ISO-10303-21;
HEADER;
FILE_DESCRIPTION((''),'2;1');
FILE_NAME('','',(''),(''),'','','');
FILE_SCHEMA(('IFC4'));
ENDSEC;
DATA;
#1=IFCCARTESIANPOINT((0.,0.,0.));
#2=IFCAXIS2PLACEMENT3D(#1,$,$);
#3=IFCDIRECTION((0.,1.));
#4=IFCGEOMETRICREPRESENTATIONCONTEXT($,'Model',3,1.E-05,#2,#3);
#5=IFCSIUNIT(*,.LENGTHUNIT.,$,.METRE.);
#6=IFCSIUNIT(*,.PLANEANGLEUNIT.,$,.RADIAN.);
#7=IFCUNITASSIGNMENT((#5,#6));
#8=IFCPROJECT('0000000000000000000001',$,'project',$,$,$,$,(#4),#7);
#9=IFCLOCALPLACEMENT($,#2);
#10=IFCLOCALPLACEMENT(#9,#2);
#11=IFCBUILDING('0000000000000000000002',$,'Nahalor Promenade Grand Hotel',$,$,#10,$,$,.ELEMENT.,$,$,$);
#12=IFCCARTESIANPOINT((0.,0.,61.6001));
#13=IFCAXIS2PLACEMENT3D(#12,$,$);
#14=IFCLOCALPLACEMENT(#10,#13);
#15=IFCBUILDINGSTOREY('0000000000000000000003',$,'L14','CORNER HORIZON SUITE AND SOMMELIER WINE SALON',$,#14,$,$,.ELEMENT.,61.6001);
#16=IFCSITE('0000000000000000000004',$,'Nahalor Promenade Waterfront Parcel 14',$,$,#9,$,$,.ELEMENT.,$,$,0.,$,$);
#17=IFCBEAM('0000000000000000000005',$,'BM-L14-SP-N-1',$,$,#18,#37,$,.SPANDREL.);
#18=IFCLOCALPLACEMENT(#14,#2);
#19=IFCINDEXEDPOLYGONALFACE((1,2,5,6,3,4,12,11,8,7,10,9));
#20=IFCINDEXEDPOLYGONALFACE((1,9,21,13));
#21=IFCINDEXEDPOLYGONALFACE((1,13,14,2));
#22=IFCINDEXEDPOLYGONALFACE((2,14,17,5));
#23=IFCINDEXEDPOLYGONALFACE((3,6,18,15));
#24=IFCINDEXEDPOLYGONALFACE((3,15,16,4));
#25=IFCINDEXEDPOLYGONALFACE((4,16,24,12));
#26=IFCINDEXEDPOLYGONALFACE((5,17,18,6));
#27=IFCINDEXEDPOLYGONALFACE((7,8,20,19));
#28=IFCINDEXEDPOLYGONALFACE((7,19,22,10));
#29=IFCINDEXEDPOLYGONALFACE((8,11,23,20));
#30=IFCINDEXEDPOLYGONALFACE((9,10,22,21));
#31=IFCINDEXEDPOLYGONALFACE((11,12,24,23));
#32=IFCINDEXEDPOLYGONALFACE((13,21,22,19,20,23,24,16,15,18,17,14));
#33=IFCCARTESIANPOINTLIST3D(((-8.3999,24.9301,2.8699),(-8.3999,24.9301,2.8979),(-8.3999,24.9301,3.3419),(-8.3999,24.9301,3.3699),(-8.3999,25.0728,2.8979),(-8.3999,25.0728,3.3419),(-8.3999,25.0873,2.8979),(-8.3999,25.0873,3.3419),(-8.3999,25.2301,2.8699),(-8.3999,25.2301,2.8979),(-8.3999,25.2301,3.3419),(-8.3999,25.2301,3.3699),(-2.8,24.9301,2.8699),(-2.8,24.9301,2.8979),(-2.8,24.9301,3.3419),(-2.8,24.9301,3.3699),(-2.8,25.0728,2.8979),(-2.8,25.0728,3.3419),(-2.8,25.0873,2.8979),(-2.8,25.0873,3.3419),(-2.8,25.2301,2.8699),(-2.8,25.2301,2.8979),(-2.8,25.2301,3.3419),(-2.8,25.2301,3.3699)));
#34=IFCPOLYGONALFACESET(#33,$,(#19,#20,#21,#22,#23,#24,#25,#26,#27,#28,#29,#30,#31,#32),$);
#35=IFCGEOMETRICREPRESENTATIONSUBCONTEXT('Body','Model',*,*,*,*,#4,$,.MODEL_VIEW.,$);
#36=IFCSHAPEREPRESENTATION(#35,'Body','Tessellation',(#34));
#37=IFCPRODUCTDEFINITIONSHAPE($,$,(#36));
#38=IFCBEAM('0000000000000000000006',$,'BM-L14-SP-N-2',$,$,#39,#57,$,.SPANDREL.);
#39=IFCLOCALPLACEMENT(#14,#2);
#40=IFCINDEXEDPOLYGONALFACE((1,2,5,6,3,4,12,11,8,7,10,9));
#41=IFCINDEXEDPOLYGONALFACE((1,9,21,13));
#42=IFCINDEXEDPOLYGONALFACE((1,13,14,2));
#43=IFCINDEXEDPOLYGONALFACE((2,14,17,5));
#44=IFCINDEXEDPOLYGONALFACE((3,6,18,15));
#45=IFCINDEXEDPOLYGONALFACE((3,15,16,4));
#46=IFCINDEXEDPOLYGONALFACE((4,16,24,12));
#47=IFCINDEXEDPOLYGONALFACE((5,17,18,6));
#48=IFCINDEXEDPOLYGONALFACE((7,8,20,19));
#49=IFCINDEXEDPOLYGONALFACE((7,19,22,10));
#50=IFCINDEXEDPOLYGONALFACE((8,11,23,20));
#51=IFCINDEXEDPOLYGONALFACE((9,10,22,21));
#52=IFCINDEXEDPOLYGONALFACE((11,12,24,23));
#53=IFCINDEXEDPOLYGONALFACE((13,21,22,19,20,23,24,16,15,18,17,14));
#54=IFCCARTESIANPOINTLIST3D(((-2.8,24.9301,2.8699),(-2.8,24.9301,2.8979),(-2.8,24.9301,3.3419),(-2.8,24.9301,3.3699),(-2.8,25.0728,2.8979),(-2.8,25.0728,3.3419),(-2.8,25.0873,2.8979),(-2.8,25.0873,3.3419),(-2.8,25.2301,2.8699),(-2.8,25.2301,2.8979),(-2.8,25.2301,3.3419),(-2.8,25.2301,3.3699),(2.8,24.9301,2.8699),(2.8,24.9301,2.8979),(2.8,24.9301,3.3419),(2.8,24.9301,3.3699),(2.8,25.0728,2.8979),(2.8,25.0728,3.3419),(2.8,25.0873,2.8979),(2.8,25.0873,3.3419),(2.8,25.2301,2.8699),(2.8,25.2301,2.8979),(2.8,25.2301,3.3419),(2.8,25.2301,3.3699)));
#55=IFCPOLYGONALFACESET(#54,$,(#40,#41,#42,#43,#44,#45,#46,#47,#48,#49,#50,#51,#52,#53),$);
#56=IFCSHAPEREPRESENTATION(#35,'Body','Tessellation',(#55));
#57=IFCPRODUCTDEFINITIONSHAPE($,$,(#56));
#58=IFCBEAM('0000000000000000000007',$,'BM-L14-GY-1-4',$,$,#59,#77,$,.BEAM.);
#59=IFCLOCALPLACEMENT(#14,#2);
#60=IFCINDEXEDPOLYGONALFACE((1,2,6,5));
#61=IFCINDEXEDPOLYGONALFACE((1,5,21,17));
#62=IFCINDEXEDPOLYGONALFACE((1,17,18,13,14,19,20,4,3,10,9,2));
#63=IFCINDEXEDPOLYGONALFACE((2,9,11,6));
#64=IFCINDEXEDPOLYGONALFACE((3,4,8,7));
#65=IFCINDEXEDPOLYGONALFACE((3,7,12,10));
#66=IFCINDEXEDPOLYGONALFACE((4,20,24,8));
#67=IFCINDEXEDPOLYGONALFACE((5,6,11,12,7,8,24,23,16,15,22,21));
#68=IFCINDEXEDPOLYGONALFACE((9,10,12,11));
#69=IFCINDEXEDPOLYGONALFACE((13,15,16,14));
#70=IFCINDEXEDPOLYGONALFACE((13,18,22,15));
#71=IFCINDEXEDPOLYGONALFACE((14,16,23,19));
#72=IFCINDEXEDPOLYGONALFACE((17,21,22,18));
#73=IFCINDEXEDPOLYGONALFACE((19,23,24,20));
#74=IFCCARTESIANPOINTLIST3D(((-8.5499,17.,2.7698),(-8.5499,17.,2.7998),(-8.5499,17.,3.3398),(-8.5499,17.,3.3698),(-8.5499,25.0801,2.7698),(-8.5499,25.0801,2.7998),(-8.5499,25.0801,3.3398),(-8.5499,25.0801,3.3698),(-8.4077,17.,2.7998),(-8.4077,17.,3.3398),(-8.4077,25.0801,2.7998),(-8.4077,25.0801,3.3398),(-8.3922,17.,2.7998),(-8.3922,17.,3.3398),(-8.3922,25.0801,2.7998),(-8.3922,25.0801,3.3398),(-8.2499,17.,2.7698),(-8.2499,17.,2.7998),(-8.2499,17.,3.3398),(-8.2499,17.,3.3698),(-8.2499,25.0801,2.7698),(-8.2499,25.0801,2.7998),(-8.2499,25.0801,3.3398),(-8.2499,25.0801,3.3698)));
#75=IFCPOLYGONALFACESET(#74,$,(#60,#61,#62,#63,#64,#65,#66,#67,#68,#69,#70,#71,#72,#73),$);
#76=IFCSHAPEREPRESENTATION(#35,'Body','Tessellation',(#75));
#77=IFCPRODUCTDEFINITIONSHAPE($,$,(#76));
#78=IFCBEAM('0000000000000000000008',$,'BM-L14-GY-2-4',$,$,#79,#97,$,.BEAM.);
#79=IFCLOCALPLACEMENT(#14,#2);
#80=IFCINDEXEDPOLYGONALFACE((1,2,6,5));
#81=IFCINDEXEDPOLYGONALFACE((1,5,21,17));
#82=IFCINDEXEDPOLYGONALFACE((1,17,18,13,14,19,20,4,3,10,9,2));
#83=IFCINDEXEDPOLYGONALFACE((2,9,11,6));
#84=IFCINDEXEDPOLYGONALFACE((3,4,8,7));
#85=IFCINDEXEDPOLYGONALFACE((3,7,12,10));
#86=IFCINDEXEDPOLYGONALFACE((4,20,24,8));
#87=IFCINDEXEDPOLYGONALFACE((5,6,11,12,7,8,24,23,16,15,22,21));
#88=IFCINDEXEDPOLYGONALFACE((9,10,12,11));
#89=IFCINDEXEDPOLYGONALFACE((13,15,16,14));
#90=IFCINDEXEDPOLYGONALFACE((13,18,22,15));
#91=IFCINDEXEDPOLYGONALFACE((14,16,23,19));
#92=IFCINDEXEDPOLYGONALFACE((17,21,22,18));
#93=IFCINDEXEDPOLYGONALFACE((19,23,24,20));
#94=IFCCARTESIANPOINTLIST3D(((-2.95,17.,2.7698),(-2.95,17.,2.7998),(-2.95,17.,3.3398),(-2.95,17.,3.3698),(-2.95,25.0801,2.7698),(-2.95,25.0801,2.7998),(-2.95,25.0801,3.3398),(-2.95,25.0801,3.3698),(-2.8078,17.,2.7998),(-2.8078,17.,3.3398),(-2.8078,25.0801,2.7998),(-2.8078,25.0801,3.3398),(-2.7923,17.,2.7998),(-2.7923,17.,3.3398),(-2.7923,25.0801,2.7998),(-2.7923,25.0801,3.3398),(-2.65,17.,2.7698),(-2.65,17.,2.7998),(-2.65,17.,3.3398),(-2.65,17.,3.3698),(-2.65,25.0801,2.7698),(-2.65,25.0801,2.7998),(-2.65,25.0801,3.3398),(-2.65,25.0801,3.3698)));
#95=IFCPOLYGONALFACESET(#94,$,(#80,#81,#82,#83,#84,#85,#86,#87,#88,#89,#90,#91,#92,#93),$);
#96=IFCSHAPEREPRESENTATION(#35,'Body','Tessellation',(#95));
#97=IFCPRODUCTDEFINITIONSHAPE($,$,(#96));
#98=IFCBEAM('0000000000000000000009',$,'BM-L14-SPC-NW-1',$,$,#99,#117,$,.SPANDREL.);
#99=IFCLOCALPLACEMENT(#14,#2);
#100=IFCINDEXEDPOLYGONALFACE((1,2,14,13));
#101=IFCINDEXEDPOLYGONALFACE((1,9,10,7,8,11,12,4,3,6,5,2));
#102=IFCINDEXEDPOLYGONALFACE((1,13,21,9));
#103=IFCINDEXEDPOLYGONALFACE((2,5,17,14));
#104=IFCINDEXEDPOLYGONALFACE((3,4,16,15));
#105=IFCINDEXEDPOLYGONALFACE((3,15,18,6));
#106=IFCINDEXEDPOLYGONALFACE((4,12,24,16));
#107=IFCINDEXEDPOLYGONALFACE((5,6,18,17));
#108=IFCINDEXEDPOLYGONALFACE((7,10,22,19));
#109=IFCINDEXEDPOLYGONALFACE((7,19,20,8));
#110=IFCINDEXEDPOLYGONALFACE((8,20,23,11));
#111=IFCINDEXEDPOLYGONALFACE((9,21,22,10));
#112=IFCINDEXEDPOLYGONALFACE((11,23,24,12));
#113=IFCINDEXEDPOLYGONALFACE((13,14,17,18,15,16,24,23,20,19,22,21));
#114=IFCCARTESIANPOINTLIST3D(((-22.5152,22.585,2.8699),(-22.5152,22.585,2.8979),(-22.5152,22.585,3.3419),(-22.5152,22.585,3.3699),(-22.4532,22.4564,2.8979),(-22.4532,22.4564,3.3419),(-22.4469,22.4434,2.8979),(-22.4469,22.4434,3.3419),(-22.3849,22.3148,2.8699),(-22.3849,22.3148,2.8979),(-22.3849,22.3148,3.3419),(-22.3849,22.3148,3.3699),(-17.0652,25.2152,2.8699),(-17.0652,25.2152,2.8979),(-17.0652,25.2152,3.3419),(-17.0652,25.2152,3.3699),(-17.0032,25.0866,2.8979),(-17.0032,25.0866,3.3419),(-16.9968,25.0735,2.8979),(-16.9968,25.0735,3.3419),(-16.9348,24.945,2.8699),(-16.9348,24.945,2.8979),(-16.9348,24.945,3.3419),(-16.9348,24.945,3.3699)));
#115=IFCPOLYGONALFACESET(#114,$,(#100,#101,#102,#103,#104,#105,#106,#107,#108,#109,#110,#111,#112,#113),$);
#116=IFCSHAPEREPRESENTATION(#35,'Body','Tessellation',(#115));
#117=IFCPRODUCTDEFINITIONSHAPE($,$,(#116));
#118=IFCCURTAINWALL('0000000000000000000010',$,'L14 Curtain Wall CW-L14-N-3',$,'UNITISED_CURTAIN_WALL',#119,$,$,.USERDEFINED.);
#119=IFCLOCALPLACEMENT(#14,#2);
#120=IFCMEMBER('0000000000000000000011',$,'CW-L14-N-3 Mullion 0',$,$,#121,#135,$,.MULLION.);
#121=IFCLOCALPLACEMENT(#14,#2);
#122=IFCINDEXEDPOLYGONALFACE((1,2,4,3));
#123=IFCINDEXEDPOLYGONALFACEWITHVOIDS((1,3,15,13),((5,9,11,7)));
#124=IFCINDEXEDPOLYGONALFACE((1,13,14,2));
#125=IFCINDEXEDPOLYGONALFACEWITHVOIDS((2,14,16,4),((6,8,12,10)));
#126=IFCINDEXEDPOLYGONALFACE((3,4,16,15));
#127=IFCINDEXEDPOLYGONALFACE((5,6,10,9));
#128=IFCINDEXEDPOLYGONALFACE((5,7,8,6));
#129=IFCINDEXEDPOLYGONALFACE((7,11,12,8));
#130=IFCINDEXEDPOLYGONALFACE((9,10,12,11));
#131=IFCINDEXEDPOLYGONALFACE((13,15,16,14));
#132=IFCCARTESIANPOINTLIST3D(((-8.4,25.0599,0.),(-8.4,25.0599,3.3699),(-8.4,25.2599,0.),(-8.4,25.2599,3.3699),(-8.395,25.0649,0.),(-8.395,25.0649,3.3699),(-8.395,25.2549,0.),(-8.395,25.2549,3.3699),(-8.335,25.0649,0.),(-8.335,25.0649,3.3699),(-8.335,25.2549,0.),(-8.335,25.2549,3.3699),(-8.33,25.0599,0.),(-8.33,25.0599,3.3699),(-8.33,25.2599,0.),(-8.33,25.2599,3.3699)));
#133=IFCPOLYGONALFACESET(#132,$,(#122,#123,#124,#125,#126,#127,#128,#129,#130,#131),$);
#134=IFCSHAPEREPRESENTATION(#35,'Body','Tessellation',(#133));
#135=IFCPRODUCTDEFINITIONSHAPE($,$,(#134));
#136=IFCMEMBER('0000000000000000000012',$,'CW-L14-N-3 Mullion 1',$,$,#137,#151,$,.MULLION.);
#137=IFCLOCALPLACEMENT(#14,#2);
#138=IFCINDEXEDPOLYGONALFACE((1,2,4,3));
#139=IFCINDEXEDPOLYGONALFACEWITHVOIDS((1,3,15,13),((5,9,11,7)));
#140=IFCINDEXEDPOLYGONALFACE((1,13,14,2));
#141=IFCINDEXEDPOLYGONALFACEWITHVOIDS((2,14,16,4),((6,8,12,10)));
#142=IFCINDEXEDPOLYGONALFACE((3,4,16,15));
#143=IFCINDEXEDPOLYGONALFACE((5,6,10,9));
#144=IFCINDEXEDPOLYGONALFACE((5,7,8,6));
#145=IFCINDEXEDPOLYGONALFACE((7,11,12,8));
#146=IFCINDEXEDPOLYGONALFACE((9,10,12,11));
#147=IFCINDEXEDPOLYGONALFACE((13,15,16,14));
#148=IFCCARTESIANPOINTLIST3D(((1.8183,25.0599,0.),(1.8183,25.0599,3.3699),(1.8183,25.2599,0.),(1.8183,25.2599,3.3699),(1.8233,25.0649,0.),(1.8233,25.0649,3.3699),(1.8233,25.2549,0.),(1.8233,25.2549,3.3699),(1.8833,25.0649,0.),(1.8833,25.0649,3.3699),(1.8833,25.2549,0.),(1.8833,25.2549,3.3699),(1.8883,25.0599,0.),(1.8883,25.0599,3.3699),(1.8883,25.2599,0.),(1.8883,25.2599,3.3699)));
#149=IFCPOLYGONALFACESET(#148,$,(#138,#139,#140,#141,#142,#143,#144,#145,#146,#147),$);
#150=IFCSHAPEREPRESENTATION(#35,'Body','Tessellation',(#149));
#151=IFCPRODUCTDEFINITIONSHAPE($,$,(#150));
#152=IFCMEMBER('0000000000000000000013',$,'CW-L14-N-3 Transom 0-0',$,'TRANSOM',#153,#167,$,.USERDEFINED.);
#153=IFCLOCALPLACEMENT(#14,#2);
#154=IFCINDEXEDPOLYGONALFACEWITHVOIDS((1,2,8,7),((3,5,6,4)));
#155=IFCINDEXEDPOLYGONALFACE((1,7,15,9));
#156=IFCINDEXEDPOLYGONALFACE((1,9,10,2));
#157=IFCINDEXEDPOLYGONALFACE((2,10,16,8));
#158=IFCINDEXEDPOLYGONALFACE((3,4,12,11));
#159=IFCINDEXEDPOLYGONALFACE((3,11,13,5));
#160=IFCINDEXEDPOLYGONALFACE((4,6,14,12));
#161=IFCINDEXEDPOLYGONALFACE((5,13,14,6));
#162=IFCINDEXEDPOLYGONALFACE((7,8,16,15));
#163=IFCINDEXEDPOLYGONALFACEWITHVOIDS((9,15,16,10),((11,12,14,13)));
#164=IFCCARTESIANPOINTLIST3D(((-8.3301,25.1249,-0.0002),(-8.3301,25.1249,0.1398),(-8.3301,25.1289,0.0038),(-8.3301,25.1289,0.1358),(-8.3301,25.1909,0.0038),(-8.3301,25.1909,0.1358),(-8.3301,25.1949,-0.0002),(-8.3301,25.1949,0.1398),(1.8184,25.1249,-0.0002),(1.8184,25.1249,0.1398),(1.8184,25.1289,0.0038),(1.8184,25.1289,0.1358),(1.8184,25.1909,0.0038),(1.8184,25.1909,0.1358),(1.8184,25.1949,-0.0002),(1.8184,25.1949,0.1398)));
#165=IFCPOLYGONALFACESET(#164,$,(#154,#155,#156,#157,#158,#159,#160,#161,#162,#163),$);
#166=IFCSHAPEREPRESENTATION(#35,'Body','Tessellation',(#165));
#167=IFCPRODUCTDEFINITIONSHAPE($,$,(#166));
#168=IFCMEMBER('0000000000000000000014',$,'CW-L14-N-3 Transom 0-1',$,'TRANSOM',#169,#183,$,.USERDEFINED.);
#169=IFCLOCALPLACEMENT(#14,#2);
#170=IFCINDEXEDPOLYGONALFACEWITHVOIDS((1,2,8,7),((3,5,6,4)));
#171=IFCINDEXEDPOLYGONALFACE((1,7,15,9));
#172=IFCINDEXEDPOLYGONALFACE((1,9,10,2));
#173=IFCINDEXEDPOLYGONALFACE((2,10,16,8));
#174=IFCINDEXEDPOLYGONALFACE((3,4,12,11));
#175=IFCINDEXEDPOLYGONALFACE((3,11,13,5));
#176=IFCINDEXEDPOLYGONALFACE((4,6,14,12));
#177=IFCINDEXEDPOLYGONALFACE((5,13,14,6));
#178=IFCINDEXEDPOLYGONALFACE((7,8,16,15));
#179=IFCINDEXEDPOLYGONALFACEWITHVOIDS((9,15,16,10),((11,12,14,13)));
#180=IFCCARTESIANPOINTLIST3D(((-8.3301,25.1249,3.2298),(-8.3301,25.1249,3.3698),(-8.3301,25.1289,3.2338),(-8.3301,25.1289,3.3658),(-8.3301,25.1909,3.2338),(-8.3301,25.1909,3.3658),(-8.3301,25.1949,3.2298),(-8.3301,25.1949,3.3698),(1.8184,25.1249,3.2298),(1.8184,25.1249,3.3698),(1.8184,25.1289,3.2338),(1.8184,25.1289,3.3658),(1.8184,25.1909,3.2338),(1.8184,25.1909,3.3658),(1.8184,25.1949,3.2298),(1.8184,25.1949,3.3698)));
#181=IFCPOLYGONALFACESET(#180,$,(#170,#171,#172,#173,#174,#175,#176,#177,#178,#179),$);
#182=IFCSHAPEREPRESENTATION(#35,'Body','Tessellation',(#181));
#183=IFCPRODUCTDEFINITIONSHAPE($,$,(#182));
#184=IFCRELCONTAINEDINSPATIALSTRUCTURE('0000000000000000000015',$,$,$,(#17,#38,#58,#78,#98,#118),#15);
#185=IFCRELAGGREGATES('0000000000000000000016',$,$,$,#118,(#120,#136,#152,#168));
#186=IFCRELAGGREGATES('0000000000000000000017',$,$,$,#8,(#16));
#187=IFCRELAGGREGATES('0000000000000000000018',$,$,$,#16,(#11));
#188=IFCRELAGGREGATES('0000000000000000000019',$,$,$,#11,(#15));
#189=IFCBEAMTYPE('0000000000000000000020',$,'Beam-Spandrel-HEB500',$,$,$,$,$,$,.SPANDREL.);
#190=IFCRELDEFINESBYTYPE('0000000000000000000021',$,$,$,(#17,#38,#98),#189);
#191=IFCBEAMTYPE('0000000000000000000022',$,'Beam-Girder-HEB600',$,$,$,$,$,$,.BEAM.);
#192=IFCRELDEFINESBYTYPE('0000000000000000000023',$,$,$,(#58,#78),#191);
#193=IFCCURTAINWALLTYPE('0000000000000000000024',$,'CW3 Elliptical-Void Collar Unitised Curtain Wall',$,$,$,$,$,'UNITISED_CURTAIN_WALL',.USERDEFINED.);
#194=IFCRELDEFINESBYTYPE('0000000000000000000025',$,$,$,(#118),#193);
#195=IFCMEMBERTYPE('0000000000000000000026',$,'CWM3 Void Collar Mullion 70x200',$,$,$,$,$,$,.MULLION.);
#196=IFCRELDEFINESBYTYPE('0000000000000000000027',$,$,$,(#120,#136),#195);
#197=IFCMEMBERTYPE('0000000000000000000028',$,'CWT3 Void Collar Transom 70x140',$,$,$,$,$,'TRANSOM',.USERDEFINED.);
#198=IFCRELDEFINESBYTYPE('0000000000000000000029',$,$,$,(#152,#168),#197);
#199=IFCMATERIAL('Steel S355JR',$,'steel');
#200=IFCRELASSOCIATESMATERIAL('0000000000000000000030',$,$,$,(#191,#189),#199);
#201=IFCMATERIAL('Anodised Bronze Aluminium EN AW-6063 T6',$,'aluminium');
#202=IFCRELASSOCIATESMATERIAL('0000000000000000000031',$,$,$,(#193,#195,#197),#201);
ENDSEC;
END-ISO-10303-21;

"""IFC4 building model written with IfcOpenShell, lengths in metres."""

from ifc_helpers import new_model, si_unit, direction, frame, origin, origin_2d, place, context, subcontext, project, spatial, hollow_rectangle, i_section, extrude, source, transform, mapped, material, material_profile, profile_set, type_object, element, aggregate, save


model = new_model("IFC4")

# Units and contexts
model_context = context("Model", 3, precision=1e-05, world=origin(), true_north=direction((0.0, 1.0)))
body_context = subcontext(model_context, "Body", "Model", "MODEL_VIEW")
ifc_project = project(units=[si_unit("LENGTHUNIT", "METRE"), si_unit("PLANEANGLEUNIT", "RADIAN")], contexts=[model_context])

# Site, building, storey
site_placement = place(None, origin())
site = spatial("IfcSite", under=ifc_project, at=site_placement, Name="Nahalor Promenade Waterfront Parcel 14", CompositionType="ELEMENT", RefElevation=0.0)
building_placement = place(site_placement, origin())
building = spatial("IfcBuilding", under=site, at=building_placement, Name="Nahalor Promenade Grand Hotel", CompositionType="ELEMENT")
storey_placement = place(building_placement, frame((0.0, 0.0, 61.6001)))
storey = spatial("IfcBuildingStorey", under=building, at=storey_placement, Name="L14", Description="CORNER HORIZON SUITE AND SOMMELIER WINE SALON", CompositionType="ELEMENT", Elevation=61.6001)

# Beams
ifc_material_1 = material(Name="Steel S355JR", Category="steel")
ifc_material_profile_1 = material_profile(ifc_material_1, i_section(OverallWidth=0.3, OverallDepth=0.6, WebThickness=0.0155, FlangeThickness=0.03, at=origin_2d()), Name="HEB 600")
ifc_profile_set_1 = profile_set([ifc_material_profile_1], Name="Steel S355JR")
beam_type_1 = type_object("IfcBeamType", Name="Beam-Girder-HEB600", PredefinedType="BEAM", material=ifc_profile_set_1)
ifc_material_profile_2 = material_profile(ifc_material_1, i_section(OverallWidth=0.3, OverallDepth=0.5, WebThickness=0.0145, FlangeThickness=0.028, at=origin_2d()), Name="HEB 500")
ifc_profile_set_2 = profile_set([ifc_material_profile_2], Name="Steel S355JR")
beam_type_2 = type_object("IfcBeamType", Name="Beam-Spandrel-HEB500", PredefinedType="SPANDREL", material=ifc_profile_set_2)
shared_shape_1 = source(origin(), body_context, "Body", "SweptSolid", [
    extrude(i_section(OverallWidth=0.3, OverallDepth=0.5, WebThickness=0.0145, FlangeThickness=0.028, at=origin_2d()), origin(), (0.0, 0.0, 1.0), 5.5999),
])
beam_1_placement = place(storey_placement, frame((-8.3999, 25.0801, 3.1199), z_axis=(1.0, 0.0, 0.0), x_axis=(0.0, 1.0, 0.0)))
element("IfcBeam", 1, at=beam_1_placement, inside=storey, type_object=beam_type_2, Name="BM-L14-SP-N-1", PredefinedType="SPANDREL", context=body_context, shape_type="MappedRepresentation", body=[
    mapped(shared_shape_1, transform((0.0, 0.0, 0.0), scale=1.0)),
])
shared_shape_2 = source(origin(), body_context, "Body", "SweptSolid", [
    extrude(i_section(OverallWidth=0.3, OverallDepth=0.5, WebThickness=0.0145, FlangeThickness=0.028, at=origin_2d()), origin(), (0.0, 0.0, 1.0), 5.6001),
])
beam_2_placement = place(storey_placement, frame((-2.8, 25.0801, 3.1199), z_axis=(1.0, 0.0, 0.0), x_axis=(0.0, 1.0, 0.0)))
element("IfcBeam", 2, at=beam_2_placement, inside=storey, type_object=beam_type_2, Name="BM-L14-SP-N-2", PredefinedType="SPANDREL", context=body_context, shape_type="MappedRepresentation", body=[
    mapped(shared_shape_2, transform((0.0, 0.0, 0.0), scale=1.0)),
])
shared_shape_3 = source(origin(), body_context, "Body", "SweptSolid", [
    extrude(i_section(OverallWidth=0.3, OverallDepth=0.6, WebThickness=0.0155, FlangeThickness=0.03, at=origin_2d()), origin(), (0.0, 0.0, 1.0), 8.0801),
])
for number, where, z_axis, x_axis, name in (
    (3, (-8.3999, 17.0, 3.0698), (0.0, 1.0, 0.0), (-1.0, 0.0, 0.0), "BM-L14-GY-1-4"),
    (4, (-2.8, 17.0, 3.0698), (0.0, 1.0, 0.0), (-1.0, 0.0, 0.0), "BM-L14-GY-2-4"),
):
    element("IfcBeam", number, at=place(storey_placement, frame(where, z_axis=z_axis, x_axis=x_axis)), inside=storey, type_object=beam_type_1, Name=name, PredefinedType="BEAM", context=body_context, shape_type="MappedRepresentation", body=[
        mapped(shared_shape_3, transform((0.0, 0.0, 0.0), scale=1.0)),
    ])
shared_shape_4 = source(origin(), body_context, "Body", "SweptSolid", [
    extrude(i_section(OverallWidth=0.3, OverallDepth=0.5, WebThickness=0.0145, FlangeThickness=0.028, at=origin_2d()), origin(), (0.0, 0.0, 1.0), 6.0515),
])
beam_3_placement = place(storey_placement, frame((-17.0, 25.0801, 3.1199), z_axis=(-0.900609, -0.434631, 0.0), x_axis=(0.434631, -0.900609, 0.0)))
element("IfcBeam", 5, at=beam_3_placement, inside=storey, type_object=beam_type_2, Name="BM-L14-SPC-NW-1", PredefinedType="SPANDREL", context=body_context, shape_type="MappedRepresentation", body=[
    mapped(shared_shape_4, transform((0.0, 0.0, 0.0), scale=1.0)),
])

# Curtain wall, members
ifc_material_2 = material(Name="Anodised Bronze Aluminium EN AW-6063 T6", Category="aluminium")
curtain_wall_type = type_object("IfcCurtainWallType", Name="CW3 Elliptical-Void Collar Unitised Curtain Wall", ElementType="UNITISED_CURTAIN_WALL", PredefinedType="USERDEFINED", material=ifc_material_2)
curtain_wall_placement = place(storey_placement, origin())
curtain_wall = element("IfcCurtainWall", 6, at=curtain_wall_placement, inside=storey, type_object=curtain_wall_type, Name="L14 Curtain Wall CW-L14-N-3", ObjectType="UNITISED_CURTAIN_WALL", PredefinedType="USERDEFINED")
ifc_material_profile_3 = material_profile(ifc_material_2, hollow_rectangle(XDim=0.07, YDim=0.2, WallThickness=0.005, at=origin_2d()), Name="CWM 70x200x5")
ifc_profile_set_3 = profile_set([ifc_material_profile_3], Name="Anodised Bronze Aluminium EN AW-6063 T6")
member_type_1 = type_object("IfcMemberType", Name="CWM3 Void Collar Mullion 70x200", PredefinedType="MULLION", material=ifc_profile_set_3)
shared_shape_5 = source(origin(), body_context, "Body", "SweptSolid", [
    extrude(hollow_rectangle(XDim=0.07, YDim=0.2, WallThickness=0.005, at=origin_2d()), origin(), (0.0, 0.0, 1.0), 3.3699),
])
member_1_placement = place(storey_placement, frame((-8.365, 25.1599, 0.0), z_axis=(0.0, 0.0, 1.0), x_axis=(1.0, 0.0, 0.0)))
member_1 = element("IfcMember", 7, at=member_1_placement, type_object=member_type_1, Name="CW-L14-N-3 Mullion 0", PredefinedType="MULLION", context=body_context, shape_type="MappedRepresentation", body=[
    mapped(shared_shape_5, transform((0.0, 0.0, 0.0), scale=1.0)),
])
member_2_placement = place(storey_placement, frame((1.8533, 25.1599, 0.0), z_axis=(0.0, 0.0, 1.0), x_axis=(1.0, 0.0, 0.0)))
member_2 = element("IfcMember", 8, at=member_2_placement, type_object=member_type_1, Name="CW-L14-N-3 Mullion 1", PredefinedType="MULLION", context=body_context, shape_type="MappedRepresentation", body=[
    mapped(shared_shape_5, transform((0.0, 0.0, 0.0), scale=1.0)),
])
ifc_material_profile_4 = material_profile(ifc_material_2, hollow_rectangle(XDim=0.07, YDim=0.14, WallThickness=0.004, at=origin_2d()), Name="CWT 70x140x4")
ifc_profile_set_4 = profile_set([ifc_material_profile_4], Name="Anodised Bronze Aluminium EN AW-6063 T6")
member_type_2 = type_object("IfcMemberType", Name="CWT3 Void Collar Transom 70x140", ElementType="TRANSOM", PredefinedType="USERDEFINED", material=ifc_profile_set_4)
shared_shape_6 = source(origin(), body_context, "Body", "SweptSolid", [
    extrude(hollow_rectangle(XDim=0.07, YDim=0.14, WallThickness=0.004, at=origin_2d()), origin(), (0.0, 0.0, 1.0), 10.1484),
])
member_3_placement = place(storey_placement, frame((-8.3301, 25.1599, 0.0698), z_axis=(1.0, 0.0, 0.0), x_axis=(0.0, 1.0, 0.0)))
member_3 = element("IfcMember", 9, at=member_3_placement, type_object=member_type_2, Name="CW-L14-N-3 Transom 0-0", ObjectType="TRANSOM", PredefinedType="USERDEFINED", context=body_context, shape_type="MappedRepresentation", body=[
    mapped(shared_shape_6, transform((0.0, 0.0, 0.0), scale=1.0)),
])
member_4_placement = place(storey_placement, frame((-8.3301, 25.1599, 3.2998), z_axis=(1.0, 0.0, 0.0), x_axis=(0.0, 1.0, 0.0)))
member_4 = element("IfcMember", 10, at=member_4_placement, type_object=member_type_2, Name="CW-L14-N-3 Transom 0-1", ObjectType="TRANSOM", PredefinedType="USERDEFINED", context=body_context, shape_type="MappedRepresentation", body=[
    mapped(shared_shape_6, transform((0.0, 0.0, 0.0), scale=1.0)),
])
aggregate(curtain_wall, [member_1, member_2, member_3, member_4])

save(model, "model.ifc")
